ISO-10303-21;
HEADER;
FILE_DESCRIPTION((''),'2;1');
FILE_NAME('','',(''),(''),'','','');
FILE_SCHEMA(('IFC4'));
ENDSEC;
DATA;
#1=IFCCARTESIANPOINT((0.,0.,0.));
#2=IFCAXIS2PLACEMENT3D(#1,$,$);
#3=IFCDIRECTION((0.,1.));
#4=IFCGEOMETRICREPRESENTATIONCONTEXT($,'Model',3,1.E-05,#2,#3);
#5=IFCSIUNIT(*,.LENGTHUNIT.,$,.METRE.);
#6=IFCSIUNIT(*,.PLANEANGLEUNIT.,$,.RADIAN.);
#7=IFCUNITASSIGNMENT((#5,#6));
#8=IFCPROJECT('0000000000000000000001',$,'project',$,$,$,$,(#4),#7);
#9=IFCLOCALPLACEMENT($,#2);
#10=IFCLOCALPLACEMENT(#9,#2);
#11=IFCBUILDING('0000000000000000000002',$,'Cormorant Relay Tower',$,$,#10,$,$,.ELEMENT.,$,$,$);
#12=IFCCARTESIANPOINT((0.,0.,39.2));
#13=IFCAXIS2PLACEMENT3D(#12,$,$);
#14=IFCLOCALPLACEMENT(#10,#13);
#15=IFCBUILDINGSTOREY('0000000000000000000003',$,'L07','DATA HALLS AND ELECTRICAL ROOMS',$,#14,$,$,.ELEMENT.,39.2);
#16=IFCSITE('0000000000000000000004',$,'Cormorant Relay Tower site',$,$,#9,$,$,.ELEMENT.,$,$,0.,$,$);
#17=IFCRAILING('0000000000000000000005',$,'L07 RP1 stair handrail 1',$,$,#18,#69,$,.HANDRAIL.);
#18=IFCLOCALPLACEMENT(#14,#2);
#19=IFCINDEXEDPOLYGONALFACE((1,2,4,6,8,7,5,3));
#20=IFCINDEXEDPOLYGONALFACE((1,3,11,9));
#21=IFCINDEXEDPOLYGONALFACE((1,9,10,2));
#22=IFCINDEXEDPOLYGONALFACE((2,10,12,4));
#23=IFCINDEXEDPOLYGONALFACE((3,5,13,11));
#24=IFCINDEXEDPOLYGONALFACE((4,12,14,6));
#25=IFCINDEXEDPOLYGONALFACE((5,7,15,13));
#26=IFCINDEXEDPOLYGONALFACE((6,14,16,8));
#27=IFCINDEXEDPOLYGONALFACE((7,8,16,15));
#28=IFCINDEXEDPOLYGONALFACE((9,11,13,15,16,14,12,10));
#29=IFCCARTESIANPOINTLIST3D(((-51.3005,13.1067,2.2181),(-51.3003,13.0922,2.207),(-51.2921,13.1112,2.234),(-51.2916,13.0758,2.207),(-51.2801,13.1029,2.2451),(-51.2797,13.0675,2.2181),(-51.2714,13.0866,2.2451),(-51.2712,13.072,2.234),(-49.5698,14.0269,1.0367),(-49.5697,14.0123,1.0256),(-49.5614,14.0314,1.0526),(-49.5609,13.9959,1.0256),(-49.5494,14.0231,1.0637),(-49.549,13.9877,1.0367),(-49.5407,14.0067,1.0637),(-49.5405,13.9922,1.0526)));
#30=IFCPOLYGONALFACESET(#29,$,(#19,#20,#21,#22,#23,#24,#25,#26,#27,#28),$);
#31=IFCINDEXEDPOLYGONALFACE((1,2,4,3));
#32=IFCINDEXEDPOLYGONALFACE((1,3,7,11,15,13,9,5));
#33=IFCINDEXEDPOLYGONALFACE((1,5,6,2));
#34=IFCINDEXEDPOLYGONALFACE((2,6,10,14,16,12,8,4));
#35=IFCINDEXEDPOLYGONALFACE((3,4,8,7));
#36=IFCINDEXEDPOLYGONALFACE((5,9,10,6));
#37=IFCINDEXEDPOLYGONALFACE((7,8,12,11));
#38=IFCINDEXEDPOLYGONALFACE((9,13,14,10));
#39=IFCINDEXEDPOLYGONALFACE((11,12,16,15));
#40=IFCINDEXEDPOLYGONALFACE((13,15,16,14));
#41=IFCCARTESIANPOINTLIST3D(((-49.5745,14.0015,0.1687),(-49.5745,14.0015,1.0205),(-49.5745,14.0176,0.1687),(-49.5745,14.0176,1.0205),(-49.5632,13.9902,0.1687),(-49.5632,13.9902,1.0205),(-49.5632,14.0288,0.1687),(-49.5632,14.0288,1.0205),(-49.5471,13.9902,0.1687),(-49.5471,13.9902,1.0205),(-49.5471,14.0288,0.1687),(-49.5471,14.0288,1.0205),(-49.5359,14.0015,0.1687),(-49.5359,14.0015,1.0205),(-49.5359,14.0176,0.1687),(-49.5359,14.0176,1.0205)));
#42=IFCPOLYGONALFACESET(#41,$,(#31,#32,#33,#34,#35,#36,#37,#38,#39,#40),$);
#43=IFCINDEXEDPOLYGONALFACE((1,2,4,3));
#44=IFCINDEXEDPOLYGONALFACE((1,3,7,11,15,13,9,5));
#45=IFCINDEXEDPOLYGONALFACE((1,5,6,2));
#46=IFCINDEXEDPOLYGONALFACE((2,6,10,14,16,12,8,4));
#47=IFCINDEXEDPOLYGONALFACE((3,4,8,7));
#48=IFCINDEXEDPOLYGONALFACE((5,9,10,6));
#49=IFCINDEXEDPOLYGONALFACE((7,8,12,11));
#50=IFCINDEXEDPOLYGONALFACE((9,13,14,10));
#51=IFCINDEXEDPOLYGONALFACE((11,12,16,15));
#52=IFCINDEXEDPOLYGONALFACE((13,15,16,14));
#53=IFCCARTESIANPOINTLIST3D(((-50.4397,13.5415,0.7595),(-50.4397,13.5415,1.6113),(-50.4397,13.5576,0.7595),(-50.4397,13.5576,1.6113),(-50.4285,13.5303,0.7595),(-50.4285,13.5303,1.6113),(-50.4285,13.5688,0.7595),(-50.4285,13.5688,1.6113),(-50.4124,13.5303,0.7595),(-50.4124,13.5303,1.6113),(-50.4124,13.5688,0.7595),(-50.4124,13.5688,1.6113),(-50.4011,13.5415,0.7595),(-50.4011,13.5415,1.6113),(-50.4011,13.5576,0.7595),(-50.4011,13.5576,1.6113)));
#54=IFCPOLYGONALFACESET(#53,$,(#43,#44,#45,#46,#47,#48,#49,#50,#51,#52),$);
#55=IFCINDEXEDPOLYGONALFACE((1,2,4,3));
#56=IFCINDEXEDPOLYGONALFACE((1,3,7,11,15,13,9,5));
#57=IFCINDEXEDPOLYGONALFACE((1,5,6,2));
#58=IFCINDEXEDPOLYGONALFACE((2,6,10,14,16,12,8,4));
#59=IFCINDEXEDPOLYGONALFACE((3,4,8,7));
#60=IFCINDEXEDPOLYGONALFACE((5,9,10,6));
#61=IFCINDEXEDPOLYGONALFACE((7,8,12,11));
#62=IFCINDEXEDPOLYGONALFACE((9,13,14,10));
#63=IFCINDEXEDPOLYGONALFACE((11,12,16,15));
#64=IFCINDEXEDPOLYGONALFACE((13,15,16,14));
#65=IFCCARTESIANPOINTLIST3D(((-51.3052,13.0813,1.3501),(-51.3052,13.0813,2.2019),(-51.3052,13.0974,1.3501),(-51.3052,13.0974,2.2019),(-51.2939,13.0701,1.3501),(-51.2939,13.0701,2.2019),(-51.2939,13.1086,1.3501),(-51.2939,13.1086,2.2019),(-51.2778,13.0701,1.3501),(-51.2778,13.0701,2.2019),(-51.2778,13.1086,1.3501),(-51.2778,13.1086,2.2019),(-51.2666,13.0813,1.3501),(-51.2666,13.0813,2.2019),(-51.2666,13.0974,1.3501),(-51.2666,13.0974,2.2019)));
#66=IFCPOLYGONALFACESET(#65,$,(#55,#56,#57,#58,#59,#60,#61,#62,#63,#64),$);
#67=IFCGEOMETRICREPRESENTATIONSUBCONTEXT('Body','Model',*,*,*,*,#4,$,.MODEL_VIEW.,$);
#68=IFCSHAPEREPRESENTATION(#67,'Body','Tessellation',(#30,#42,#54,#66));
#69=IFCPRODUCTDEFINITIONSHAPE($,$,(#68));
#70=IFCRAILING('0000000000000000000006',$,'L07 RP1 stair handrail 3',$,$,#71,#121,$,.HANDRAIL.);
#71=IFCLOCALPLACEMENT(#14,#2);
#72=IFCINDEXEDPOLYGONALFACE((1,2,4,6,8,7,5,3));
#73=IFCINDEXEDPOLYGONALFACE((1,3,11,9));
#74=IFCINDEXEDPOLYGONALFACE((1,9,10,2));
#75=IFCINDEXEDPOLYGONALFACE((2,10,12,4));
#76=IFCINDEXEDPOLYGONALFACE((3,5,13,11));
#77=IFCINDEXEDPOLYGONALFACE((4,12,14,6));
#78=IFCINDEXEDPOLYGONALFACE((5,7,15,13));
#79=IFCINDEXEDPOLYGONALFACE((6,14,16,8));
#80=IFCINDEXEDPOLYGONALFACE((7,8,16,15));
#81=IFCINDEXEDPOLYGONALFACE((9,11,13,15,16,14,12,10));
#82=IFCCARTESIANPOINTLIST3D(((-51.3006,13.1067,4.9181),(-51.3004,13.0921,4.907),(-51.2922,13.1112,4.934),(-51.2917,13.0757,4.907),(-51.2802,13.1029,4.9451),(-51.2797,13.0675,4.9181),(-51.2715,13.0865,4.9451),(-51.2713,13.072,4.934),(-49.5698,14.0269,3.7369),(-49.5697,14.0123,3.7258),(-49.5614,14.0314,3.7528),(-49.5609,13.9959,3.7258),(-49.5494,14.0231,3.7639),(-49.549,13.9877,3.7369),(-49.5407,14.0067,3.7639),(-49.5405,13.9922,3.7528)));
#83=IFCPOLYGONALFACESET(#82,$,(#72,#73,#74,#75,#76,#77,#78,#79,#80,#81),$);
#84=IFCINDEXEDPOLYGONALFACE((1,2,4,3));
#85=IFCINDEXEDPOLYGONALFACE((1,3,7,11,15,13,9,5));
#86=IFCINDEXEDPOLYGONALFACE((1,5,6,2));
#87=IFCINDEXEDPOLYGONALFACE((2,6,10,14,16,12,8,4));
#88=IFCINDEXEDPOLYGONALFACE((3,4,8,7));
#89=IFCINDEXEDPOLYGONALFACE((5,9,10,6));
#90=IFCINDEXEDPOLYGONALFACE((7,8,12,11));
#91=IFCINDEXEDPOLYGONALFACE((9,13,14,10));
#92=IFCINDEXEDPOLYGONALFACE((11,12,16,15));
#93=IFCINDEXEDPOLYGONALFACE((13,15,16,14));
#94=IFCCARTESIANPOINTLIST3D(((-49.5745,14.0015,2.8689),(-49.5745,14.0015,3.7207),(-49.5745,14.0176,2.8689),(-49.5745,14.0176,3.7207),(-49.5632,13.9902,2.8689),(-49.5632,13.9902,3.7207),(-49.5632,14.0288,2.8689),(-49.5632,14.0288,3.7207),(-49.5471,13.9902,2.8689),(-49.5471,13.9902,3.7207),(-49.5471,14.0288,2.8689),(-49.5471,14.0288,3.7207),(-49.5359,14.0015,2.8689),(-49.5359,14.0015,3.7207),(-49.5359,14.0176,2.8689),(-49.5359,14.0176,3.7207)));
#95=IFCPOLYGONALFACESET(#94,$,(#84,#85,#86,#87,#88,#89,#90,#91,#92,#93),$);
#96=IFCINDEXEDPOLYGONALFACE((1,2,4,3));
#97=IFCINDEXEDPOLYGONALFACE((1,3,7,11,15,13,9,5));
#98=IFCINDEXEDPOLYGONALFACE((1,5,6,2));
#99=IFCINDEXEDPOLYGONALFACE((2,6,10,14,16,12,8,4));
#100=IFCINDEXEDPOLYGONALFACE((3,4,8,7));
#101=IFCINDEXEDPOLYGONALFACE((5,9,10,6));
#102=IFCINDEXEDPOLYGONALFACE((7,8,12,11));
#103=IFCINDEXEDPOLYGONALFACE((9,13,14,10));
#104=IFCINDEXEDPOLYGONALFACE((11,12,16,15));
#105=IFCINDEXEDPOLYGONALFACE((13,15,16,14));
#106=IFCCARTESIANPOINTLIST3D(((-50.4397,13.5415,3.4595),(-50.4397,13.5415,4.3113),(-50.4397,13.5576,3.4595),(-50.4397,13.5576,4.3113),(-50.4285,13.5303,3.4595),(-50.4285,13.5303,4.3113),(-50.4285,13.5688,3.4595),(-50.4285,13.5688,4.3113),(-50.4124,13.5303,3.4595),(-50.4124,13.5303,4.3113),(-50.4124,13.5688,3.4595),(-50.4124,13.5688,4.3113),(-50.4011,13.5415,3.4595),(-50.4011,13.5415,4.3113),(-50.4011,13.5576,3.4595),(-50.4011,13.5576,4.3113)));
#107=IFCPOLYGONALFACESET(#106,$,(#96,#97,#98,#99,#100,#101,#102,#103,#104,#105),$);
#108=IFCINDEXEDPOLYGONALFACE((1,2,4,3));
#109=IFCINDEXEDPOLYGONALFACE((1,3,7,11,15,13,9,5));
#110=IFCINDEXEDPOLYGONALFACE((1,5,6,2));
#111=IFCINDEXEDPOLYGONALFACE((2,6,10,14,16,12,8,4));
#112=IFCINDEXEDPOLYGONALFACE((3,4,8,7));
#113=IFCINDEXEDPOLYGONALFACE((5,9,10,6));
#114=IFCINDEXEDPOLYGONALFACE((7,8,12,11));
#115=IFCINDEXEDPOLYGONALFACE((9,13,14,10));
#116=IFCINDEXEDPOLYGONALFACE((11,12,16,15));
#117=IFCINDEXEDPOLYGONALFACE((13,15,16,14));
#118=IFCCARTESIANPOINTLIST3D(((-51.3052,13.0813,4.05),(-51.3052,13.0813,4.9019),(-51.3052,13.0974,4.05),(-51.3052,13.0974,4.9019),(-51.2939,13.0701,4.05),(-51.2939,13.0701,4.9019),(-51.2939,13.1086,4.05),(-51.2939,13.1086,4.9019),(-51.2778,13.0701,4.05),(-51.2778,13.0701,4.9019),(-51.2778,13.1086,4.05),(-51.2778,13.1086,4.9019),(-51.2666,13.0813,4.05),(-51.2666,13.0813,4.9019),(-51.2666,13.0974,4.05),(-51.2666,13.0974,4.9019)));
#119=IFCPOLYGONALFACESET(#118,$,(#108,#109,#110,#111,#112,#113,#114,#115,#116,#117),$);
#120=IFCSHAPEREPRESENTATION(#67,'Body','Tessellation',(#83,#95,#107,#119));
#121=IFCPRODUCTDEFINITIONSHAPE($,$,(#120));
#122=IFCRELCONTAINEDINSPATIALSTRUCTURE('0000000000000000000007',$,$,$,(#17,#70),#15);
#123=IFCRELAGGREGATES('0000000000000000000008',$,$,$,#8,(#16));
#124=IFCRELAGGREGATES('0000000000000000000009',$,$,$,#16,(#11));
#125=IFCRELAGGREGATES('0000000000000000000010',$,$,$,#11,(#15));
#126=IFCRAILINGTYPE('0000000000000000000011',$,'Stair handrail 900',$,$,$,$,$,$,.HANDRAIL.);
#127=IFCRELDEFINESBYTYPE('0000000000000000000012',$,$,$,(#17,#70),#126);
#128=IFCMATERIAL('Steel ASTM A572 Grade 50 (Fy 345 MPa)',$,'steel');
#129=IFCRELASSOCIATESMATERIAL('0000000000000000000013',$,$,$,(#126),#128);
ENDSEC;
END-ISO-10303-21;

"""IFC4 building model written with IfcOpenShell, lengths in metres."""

from ifc_helpers import new_model, si_unit, direction, frame, origin, place, context, subcontext, project, spatial, polyline, outline, extrude, material, type_object, element, save


model = new_model("IFC4")

# Units and contexts
model_context = context("Model", 3, precision=1e-05, world=origin(), true_north=direction((0.0, 1.0)))
body_context = subcontext(model_context, "Body", "Model", "MODEL_VIEW")
ifc_project = project(units=[si_unit("LENGTHUNIT", "METRE"), si_unit("PLANEANGLEUNIT", "RADIAN")], contexts=[model_context])

# Site, building, storey
site_placement = place(None, origin())
site = spatial("IfcSite", under=ifc_project, at=site_placement, Name="Cormorant Relay Tower site", CompositionType="ELEMENT", RefElevation=0.0)
building_placement = place(site_placement, origin())
building = spatial("IfcBuilding", under=site, at=building_placement, Name="Cormorant Relay Tower", CompositionType="ELEMENT")
storey_placement = place(building_placement, frame((0.0, 0.0, 39.2)))
storey = spatial("IfcBuildingStorey", under=building, at=storey_placement, Name="L07", Description="DATA HALLS AND ELECTRICAL ROOMS", CompositionType="ELEMENT", Elevation=39.2)

# Railings
ifc_material_1 = material(Name="Steel ASTM A572 Grade 50 (Fy 345 MPa)", Category="steel")
railing_type_1 = type_object("IfcRailingType", Name="Stair handrail 900", PredefinedType="HANDRAIL", material=ifc_material_1)
railing_1_placement = place(storey_placement, frame((-49.5552, 14.0095, 0.1687)))
element("IfcRailing", 1, at=railing_1_placement, inside=storey, type_object=railing_type_1, Name="L07 RP1 stair handrail 1", PredefinedType="HANDRAIL", context=body_context, shape_type="SweptSolid", body=[
    extrude(outline(polyline([(0.0222, 0.0093), (0.0093, 0.0222), (-0.0093, 0.0222), (-0.0222, 0.0093), (-0.0222, -0.0093), (-0.0093, -0.0222), (0.0093, -0.0222), (0.0222, -0.0093), (0.0222, 0.0093)])), frame((0.0, 0.0, 0.876), z_axis=(-0.756226, -0.402062, 0.516205), x_axis=(0.469444, -0.882962, 0.0)), (0.0, 0.0, 1.0), 2.2886),
    extrude(outline(polyline([(0.0193, 0.0081), (0.0081, 0.0193), (-0.0081, 0.0193), (-0.0193, 0.0081), (-0.0193, -0.0081), (-0.0081, -0.0193), (0.0081, -0.0193), (0.0193, -0.0081), (0.0193, 0.0081)])), origin(), (0.0, 0.0, 1.0), 0.8518),
    extrude(outline(polyline([(0.0193, 0.0081), (0.0081, 0.0193), (-0.0081, 0.0193), (-0.0193, 0.0081), (-0.0193, -0.0081), (-0.0081, -0.0193), (0.0081, -0.0193), (0.0193, -0.0081), (0.0193, 0.0081)])), frame((-0.8652, -0.46, 0.5908)), (0.0, 0.0, 1.0), 0.8518),
    extrude(outline(polyline([(0.0193, 0.0081), (0.0081, 0.0193), (-0.0081, 0.0193), (-0.0193, 0.0081), (-0.0193, -0.0081), (-0.0081, -0.0193), (0.0081, -0.0193), (0.0193, -0.0081), (0.0193, 0.0081)])), frame((-1.7307, -0.9202, 1.1814)), (0.0, 0.0, 1.0), 0.8518),
])
railing_2_placement = place(storey_placement, frame((-49.5552, 14.0095, 2.8689)))
element("IfcRailing", 2, at=railing_2_placement, inside=storey, type_object=railing_type_1, Name="L07 RP1 stair handrail 3", PredefinedType="HANDRAIL", context=body_context, shape_type="SweptSolid", body=[
    extrude(outline(polyline([(0.0222, 0.0093), (0.0093, 0.0222), (-0.0093, 0.0222), (-0.0222, 0.0093), (-0.0222, -0.0093), (-0.0093, -0.0222), (0.0093, -0.0222), (0.0222, -0.0093), (0.0222, 0.0093)])), frame((0.0, 0.0, 0.876), z_axis=(-0.756268, -0.402084, 0.516127), x_axis=(0.469444, -0.882962, 0.0)), (0.0, 0.0, 1.0), 2.2886),
    extrude(outline(polyline([(0.0193, 0.0081), (0.0081, 0.0193), (-0.0081, 0.0193), (-0.0193, 0.0081), (-0.0193, -0.0081), (-0.0081, -0.0193), (0.0081, -0.0193), (0.0193, -0.0081), (0.0193, 0.0081)])), origin(), (0.0, 0.0, 1.0), 0.8518),
    extrude(outline(polyline([(0.0193, 0.0081), (0.0081, 0.0193), (-0.0081, 0.0193), (-0.0193, 0.0081), (-0.0193, -0.0081), (-0.0081, -0.0193), (0.0081, -0.0193), (0.0193, -0.0081), (0.0193, 0.0081)])), frame((-0.8652, -0.46, 0.5906)), (0.0, 0.0, 1.0), 0.8518),
    extrude(outline(polyline([(0.0193, 0.0081), (0.0081, 0.0193), (-0.0081, 0.0193), (-0.0193, 0.0081), (-0.0193, -0.0081), (-0.0081, -0.0193), (0.0081, -0.0193), (0.0193, -0.0081), (0.0193, 0.0081)])), frame((-1.7307, -0.9202, 1.1812)), (0.0, 0.0, 1.0), 0.8518),
])

save(model, "model.ifc")
